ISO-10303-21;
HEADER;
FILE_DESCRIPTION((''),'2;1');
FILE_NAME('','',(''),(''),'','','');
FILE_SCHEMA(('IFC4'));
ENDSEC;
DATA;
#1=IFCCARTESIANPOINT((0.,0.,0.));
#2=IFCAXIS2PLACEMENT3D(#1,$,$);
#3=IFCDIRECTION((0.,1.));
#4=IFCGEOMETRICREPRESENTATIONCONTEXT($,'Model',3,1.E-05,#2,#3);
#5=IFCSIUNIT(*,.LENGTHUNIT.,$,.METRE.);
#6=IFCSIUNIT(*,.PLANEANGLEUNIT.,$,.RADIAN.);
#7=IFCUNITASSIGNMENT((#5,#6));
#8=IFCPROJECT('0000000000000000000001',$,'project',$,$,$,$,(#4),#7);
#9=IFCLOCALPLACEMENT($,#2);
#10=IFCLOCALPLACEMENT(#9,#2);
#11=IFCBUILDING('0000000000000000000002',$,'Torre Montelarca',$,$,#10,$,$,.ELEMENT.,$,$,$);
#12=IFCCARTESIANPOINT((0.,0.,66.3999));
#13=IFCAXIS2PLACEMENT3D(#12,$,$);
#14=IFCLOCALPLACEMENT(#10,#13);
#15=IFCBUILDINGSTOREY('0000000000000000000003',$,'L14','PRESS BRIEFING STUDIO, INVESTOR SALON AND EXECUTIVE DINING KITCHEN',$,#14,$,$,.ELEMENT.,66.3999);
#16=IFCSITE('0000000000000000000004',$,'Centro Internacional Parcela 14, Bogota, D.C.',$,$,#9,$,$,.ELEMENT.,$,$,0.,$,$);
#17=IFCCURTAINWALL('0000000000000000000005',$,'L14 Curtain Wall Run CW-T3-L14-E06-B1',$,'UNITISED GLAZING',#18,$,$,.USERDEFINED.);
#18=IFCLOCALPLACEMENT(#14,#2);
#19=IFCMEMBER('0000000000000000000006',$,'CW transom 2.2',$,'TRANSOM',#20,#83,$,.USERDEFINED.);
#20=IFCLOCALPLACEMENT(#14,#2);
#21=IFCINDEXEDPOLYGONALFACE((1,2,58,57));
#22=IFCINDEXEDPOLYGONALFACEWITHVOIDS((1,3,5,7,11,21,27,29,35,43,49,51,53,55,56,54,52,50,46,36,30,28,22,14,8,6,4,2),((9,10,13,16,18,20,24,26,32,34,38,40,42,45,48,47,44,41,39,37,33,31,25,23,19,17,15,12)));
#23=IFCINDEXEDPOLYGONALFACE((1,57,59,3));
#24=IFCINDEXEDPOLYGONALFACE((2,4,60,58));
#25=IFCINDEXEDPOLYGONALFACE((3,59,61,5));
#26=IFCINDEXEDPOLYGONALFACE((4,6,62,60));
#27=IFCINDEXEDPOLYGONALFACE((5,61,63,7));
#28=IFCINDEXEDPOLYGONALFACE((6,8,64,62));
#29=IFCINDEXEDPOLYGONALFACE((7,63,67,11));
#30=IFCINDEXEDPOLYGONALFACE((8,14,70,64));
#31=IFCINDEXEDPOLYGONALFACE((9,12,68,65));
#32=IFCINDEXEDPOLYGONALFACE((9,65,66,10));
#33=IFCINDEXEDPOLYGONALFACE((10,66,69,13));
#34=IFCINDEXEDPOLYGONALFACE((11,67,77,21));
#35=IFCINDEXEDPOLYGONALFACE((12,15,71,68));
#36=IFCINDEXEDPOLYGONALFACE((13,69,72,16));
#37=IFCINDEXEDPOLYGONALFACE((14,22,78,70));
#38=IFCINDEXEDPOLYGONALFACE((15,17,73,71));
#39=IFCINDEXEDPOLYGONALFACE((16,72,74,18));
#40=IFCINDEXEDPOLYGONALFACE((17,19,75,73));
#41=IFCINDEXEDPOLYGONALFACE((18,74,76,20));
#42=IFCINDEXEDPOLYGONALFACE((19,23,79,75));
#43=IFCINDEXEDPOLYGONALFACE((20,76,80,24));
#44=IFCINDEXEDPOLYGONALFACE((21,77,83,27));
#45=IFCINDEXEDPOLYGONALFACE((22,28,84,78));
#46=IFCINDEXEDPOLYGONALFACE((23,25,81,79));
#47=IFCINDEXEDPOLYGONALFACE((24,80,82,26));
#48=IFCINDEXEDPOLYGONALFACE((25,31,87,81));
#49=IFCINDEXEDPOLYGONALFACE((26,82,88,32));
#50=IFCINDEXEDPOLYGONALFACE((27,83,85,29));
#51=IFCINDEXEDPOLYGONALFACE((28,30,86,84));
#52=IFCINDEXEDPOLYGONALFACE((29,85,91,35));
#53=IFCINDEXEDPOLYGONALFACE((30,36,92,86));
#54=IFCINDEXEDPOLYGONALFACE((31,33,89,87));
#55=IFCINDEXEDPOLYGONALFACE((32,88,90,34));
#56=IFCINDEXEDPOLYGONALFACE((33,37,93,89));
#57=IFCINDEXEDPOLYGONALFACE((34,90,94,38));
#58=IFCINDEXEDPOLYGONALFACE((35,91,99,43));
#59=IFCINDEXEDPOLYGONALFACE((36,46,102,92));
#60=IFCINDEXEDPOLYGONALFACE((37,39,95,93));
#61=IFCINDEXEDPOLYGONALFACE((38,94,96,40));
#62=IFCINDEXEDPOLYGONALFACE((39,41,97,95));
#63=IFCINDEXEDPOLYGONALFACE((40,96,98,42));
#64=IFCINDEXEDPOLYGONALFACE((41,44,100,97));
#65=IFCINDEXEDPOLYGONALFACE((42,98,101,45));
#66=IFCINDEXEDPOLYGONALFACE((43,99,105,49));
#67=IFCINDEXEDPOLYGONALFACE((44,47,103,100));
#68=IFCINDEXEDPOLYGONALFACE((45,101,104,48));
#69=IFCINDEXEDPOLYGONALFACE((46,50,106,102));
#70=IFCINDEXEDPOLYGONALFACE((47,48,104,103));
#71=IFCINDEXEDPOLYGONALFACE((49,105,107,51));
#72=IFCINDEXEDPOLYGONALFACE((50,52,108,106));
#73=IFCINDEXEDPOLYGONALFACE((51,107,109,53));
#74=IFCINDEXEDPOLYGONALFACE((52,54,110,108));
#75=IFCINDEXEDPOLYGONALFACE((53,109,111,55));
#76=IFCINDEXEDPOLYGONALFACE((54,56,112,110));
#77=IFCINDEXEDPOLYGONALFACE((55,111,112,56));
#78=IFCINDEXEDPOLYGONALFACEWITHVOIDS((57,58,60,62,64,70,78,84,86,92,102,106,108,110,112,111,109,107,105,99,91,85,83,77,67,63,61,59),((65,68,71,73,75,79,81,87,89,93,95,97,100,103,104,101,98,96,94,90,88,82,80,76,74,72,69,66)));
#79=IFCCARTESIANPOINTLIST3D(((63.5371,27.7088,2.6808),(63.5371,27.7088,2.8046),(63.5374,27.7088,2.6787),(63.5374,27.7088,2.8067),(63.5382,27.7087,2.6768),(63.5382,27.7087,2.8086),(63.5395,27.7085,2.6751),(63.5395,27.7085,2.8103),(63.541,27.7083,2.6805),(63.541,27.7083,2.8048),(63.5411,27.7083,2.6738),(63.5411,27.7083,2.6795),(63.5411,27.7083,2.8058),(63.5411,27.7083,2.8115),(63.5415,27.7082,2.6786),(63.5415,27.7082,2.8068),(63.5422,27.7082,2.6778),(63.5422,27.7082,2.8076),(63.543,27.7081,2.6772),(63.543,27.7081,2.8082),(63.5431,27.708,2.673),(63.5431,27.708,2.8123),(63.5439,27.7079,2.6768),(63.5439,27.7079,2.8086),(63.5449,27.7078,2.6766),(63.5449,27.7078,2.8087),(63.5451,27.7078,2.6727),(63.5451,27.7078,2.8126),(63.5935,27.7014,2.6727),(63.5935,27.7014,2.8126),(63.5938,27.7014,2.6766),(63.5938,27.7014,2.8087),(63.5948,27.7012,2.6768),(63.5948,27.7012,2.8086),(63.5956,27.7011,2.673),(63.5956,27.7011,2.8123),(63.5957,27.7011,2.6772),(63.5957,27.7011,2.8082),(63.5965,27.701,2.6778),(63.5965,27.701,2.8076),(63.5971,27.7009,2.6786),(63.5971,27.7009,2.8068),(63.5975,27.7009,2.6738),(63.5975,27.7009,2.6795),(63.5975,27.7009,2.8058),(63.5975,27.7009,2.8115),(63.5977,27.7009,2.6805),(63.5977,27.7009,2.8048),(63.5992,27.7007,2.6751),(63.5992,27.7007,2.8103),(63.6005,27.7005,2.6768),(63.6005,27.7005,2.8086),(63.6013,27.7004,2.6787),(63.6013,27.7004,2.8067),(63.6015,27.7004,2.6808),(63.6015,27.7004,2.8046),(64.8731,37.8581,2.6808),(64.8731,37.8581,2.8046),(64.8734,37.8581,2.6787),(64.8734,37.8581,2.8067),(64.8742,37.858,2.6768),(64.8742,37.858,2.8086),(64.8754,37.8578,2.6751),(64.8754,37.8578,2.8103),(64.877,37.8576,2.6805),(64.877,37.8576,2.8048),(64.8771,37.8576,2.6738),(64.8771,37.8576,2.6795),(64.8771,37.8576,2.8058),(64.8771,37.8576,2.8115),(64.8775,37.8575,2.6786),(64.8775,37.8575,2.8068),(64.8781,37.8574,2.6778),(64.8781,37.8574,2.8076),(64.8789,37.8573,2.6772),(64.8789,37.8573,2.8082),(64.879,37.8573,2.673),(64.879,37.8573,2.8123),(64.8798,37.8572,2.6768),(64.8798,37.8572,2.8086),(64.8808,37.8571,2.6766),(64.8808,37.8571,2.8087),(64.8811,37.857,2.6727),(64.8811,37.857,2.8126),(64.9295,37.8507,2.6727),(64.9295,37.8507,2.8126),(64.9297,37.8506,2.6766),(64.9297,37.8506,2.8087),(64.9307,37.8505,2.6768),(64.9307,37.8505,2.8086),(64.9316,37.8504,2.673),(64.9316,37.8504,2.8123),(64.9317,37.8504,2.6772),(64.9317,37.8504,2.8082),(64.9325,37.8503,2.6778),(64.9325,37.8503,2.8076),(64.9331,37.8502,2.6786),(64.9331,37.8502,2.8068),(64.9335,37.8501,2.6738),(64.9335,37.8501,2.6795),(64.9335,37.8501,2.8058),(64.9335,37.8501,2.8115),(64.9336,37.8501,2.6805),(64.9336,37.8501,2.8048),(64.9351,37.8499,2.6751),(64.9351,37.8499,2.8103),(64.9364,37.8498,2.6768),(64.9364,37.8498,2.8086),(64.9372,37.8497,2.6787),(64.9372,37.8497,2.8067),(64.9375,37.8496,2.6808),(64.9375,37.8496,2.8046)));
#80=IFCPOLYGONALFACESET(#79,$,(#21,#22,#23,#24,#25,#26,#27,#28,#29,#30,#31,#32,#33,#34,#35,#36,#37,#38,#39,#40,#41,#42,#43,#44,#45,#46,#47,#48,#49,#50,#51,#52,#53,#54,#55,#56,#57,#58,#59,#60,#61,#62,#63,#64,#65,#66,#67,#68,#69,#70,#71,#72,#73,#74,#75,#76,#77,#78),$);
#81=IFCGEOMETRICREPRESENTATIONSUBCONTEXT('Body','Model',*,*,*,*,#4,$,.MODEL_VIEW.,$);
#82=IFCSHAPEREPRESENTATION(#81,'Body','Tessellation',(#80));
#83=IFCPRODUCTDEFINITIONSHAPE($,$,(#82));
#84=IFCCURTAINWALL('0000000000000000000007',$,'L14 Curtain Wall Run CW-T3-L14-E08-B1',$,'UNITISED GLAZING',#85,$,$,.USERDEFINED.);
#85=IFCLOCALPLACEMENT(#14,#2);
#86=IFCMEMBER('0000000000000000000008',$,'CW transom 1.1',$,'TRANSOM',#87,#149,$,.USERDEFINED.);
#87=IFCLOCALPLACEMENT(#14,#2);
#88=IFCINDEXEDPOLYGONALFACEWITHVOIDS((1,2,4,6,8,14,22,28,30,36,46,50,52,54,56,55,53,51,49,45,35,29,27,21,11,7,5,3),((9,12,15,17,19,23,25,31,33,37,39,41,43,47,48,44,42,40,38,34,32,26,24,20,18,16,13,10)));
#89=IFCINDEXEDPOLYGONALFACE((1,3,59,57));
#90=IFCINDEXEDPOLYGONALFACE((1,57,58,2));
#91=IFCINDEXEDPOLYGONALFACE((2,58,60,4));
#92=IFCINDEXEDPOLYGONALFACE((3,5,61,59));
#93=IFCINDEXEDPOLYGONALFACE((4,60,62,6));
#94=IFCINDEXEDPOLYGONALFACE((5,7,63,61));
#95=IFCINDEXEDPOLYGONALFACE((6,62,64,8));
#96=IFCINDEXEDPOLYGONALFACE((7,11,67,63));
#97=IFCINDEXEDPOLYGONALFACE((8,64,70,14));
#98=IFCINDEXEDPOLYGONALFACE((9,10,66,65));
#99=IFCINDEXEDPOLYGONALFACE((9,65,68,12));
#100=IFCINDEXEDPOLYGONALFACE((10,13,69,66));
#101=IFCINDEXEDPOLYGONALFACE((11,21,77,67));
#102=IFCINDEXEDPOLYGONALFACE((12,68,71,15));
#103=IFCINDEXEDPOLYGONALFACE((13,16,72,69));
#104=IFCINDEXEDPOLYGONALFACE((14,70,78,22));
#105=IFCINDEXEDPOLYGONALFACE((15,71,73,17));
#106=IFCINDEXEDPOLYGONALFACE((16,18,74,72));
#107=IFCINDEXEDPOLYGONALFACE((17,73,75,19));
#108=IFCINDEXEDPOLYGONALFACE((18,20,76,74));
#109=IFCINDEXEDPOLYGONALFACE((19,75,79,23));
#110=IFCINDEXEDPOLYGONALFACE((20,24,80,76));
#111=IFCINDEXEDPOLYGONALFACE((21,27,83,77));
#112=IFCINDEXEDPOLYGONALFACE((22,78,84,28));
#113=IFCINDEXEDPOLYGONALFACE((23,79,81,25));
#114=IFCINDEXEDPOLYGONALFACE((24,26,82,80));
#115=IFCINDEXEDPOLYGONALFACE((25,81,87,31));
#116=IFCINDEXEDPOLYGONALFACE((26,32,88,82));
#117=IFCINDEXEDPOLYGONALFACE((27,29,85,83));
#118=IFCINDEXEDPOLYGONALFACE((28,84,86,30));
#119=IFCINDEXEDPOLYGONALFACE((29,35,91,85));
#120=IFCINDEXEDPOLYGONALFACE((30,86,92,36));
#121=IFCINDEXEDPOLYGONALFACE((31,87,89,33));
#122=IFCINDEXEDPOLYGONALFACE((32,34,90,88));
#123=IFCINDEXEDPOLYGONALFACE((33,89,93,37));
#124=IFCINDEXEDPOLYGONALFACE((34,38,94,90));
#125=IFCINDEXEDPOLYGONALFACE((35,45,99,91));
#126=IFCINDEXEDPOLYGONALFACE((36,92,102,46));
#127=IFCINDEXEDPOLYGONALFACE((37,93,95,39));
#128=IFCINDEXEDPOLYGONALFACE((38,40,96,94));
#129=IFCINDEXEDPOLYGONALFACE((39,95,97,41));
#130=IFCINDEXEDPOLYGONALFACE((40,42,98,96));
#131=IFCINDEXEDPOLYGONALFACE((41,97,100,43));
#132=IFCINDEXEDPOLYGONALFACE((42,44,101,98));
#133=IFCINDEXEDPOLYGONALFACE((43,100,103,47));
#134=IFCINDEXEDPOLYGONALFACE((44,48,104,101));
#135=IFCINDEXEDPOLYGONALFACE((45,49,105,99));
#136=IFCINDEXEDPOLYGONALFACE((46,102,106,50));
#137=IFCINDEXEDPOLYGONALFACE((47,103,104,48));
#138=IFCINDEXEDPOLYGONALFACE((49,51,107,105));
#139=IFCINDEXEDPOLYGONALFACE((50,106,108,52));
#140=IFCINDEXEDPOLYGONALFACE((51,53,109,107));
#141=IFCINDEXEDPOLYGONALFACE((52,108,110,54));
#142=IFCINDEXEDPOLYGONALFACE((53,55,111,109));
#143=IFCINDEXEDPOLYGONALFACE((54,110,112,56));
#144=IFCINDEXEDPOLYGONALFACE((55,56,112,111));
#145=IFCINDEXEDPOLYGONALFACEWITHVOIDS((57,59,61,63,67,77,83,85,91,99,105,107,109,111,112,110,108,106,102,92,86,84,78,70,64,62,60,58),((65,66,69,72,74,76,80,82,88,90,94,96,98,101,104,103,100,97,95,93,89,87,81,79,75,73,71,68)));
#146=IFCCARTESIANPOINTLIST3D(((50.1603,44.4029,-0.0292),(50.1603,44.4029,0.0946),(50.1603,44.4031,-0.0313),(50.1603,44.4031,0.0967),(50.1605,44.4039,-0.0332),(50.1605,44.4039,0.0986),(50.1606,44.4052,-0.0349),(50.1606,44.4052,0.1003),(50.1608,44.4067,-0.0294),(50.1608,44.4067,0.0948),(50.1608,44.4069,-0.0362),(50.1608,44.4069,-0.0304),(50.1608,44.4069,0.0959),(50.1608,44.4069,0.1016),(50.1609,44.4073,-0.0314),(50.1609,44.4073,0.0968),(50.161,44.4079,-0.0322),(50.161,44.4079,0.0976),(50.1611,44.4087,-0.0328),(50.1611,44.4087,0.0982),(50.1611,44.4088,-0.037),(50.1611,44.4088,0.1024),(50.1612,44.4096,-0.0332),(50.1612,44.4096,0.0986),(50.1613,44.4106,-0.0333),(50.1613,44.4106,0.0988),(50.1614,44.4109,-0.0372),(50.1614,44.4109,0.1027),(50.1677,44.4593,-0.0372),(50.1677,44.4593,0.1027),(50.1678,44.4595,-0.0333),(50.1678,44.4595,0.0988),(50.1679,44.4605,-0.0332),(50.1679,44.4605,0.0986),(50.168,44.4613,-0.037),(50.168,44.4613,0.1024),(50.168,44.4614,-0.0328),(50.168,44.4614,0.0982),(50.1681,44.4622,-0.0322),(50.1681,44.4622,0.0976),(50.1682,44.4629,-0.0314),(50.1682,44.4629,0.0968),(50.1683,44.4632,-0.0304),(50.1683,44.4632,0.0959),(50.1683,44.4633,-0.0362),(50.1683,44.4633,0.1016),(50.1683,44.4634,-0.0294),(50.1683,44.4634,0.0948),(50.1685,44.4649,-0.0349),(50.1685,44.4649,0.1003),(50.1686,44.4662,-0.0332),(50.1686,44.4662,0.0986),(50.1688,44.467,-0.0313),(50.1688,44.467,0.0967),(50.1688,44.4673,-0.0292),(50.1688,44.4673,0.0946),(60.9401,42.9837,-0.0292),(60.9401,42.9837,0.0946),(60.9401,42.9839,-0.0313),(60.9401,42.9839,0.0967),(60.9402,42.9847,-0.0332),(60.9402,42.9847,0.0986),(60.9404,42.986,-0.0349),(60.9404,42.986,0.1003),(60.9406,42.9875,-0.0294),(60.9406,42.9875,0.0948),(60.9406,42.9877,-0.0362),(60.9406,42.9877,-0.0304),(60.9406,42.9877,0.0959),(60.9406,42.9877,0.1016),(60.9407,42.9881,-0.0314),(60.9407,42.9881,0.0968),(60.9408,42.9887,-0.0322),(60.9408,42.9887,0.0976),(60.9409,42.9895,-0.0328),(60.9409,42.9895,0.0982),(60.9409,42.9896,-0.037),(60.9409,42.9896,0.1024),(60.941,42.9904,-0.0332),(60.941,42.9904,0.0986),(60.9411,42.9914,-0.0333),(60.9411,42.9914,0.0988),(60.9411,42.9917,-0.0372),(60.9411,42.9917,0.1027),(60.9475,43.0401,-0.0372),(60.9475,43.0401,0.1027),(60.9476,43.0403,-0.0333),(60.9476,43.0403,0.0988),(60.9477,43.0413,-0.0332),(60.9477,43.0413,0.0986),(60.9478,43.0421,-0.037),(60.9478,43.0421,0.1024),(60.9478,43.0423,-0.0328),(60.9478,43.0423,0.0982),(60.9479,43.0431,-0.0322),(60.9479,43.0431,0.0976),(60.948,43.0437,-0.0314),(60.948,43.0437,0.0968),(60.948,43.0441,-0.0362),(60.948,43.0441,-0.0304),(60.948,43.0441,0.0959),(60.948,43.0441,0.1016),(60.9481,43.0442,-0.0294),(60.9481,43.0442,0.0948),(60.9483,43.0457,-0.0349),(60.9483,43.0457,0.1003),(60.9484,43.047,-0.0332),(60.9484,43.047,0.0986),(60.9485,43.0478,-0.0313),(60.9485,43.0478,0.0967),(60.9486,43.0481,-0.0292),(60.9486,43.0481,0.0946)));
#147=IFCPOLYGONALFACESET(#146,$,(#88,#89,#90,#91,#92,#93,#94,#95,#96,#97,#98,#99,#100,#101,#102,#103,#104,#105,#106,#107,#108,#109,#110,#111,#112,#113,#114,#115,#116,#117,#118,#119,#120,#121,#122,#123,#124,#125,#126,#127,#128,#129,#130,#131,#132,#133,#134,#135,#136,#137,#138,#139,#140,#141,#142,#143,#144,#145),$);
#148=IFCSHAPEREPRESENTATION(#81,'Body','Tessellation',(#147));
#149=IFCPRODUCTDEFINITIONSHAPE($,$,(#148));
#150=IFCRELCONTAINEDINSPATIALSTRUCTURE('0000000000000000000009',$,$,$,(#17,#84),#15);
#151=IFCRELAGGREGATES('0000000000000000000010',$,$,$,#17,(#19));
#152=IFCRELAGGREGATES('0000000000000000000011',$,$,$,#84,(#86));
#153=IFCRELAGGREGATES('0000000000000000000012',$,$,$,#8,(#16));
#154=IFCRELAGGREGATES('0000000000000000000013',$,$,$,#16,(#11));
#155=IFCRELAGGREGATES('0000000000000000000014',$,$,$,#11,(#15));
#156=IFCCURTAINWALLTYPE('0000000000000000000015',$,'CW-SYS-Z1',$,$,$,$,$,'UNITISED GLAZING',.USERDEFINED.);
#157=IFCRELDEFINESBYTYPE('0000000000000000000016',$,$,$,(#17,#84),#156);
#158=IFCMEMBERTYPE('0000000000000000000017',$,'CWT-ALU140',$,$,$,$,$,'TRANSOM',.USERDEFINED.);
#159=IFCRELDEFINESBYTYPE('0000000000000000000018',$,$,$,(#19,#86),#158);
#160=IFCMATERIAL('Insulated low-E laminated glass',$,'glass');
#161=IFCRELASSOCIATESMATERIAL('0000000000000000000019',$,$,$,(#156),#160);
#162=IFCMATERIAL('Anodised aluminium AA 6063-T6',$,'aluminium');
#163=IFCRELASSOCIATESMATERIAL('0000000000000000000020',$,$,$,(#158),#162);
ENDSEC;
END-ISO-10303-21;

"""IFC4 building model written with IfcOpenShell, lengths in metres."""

from ifc_helpers import new_model, si_unit, direction, frame, origin, origin_2d, place, context, subcontext, project, spatial, hollow_rectangle, extrude, source, transform, mapped, material, material_profile, profile_set, type_object, element, aggregate, save


model = new_model("IFC4")

# Units and contexts
model_context = context("Model", 3, precision=1e-05, world=origin(), true_north=direction((0.0, 1.0)))
body_context = subcontext(model_context, "Body", "Model", "MODEL_VIEW")
ifc_project = project(units=[si_unit("LENGTHUNIT", "METRE"), si_unit("PLANEANGLEUNIT", "RADIAN")], contexts=[model_context])

# Site, building, storey
site_placement = place(None, origin())
site = spatial("IfcSite", under=ifc_project, at=site_placement, Name="Centro Internacional Parcela 14, Bogota, D.C.", CompositionType="ELEMENT", RefElevation=0.0)
building_placement = place(site_placement, origin())
building = spatial("IfcBuilding", under=site, at=building_placement, Name="Torre Montelarca", CompositionType="ELEMENT")
storey_placement = place(building_placement, frame((0.0, 0.0, 66.3999)))
storey = spatial("IfcBuildingStorey", under=building, at=storey_placement, Name="L14", Description="PRESS BRIEFING STUDIO, INVESTOR SALON AND EXECUTIVE DINING KITCHEN", CompositionType="ELEMENT", Elevation=66.3999)

# Curtain walls, members
ifc_material_1 = material(Name="Insulated low-E laminated glass", Category="glass")
curtain_wall_type = type_object("IfcCurtainWallType", Name="CW-SYS-Z1", ElementType="UNITISED GLAZING", PredefinedType="USERDEFINED", material=ifc_material_1)
ifc_material_2 = material(Name="Anodised aluminium AA 6063-T6", Category="aluminium")
ifc_material_profile_1 = material_profile(ifc_material_2, hollow_rectangle(XDim=0.0649, YDim=0.1399, WallThickness=0.0039, InnerFilletRadius=0.0039, OuterFilletRadius=0.0081, at=origin_2d()), Name="ALU65X140X4", Category="aluminium")
ifc_profile_set_1 = profile_set([ifc_material_profile_1], Name="Anodised aluminium AA 6063-T6")
member_type_1 = type_object("IfcMemberType", Name="CWT-ALU140", ElementType="TRANSOM", PredefinedType="USERDEFINED", material=ifc_profile_set_1)
curtain_wall_1_placement = place(storey_placement, origin())
curtain_wall_1 = element("IfcCurtainWall", 1, at=curtain_wall_1_placement, inside=storey, type_object=curtain_wall_type, Name="L14 Curtain Wall Run CW-T3-L14-E06-B1", ObjectType="UNITISED GLAZING", PredefinedType="USERDEFINED")
shared_shape_1 = source(origin(), body_context, "Body", "SweptSolid", [
    extrude(hollow_rectangle(XDim=0.0649, YDim=0.1399, WallThickness=0.0039, InnerFilletRadius=0.0039, OuterFilletRadius=0.0081, at=origin_2d()), origin(), (0.0, 0.0, 1.0), 10.2368),
])
member_1_placement = place(storey_placement, frame((63.5693, 27.7046, 2.7427), z_axis=(0.130504, 0.991448, 0.0), x_axis=(-0.991448, 0.130504, 0.0)))
member_1 = element("IfcMember", 2, at=member_1_placement, type_object=member_type_1, Name="CW transom 2.2", ObjectType="TRANSOM", PredefinedType="USERDEFINED", context=body_context, shape_type="MappedRepresentation", body=[
    mapped(shared_shape_1, transform((0.0, 0.0, 0.0), scale=1.0)),
])
curtain_wall_2_placement = place(storey_placement, origin())
curtain_wall_2 = element("IfcCurtainWall", 3, at=curtain_wall_2_placement, inside=storey, type_object=curtain_wall_type, Name="L14 Curtain Wall Run CW-T3-L14-E08-B1", ObjectType="UNITISED GLAZING", PredefinedType="USERDEFINED")
shared_shape_2 = source(origin(), body_context, "Body", "SweptSolid", [
    extrude(hollow_rectangle(XDim=0.0649, YDim=0.1399, WallThickness=0.0039, InnerFilletRadius=0.0039, OuterFilletRadius=0.0081, at=origin_2d()), origin(), (0.0, 0.0, 1.0), 10.8728),
])
member_2_placement = place(storey_placement, frame((60.9443, 43.0159, 0.0327), z_axis=(-0.991445, 0.130527, 0.0), x_axis=(-0.130527, -0.991445, 0.0)))
member_2 = element("IfcMember", 4, at=member_2_placement, type_object=member_type_1, Name="CW transom 1.1", ObjectType="TRANSOM", PredefinedType="USERDEFINED", context=body_context, shape_type="MappedRepresentation", body=[
    mapped(shared_shape_2, transform((0.0, 0.0, 0.0), scale=1.0)),
])

aggregate(curtain_wall_1, [member_1])
aggregate(curtain_wall_2, [member_2])

save(model, "model.ifc")
